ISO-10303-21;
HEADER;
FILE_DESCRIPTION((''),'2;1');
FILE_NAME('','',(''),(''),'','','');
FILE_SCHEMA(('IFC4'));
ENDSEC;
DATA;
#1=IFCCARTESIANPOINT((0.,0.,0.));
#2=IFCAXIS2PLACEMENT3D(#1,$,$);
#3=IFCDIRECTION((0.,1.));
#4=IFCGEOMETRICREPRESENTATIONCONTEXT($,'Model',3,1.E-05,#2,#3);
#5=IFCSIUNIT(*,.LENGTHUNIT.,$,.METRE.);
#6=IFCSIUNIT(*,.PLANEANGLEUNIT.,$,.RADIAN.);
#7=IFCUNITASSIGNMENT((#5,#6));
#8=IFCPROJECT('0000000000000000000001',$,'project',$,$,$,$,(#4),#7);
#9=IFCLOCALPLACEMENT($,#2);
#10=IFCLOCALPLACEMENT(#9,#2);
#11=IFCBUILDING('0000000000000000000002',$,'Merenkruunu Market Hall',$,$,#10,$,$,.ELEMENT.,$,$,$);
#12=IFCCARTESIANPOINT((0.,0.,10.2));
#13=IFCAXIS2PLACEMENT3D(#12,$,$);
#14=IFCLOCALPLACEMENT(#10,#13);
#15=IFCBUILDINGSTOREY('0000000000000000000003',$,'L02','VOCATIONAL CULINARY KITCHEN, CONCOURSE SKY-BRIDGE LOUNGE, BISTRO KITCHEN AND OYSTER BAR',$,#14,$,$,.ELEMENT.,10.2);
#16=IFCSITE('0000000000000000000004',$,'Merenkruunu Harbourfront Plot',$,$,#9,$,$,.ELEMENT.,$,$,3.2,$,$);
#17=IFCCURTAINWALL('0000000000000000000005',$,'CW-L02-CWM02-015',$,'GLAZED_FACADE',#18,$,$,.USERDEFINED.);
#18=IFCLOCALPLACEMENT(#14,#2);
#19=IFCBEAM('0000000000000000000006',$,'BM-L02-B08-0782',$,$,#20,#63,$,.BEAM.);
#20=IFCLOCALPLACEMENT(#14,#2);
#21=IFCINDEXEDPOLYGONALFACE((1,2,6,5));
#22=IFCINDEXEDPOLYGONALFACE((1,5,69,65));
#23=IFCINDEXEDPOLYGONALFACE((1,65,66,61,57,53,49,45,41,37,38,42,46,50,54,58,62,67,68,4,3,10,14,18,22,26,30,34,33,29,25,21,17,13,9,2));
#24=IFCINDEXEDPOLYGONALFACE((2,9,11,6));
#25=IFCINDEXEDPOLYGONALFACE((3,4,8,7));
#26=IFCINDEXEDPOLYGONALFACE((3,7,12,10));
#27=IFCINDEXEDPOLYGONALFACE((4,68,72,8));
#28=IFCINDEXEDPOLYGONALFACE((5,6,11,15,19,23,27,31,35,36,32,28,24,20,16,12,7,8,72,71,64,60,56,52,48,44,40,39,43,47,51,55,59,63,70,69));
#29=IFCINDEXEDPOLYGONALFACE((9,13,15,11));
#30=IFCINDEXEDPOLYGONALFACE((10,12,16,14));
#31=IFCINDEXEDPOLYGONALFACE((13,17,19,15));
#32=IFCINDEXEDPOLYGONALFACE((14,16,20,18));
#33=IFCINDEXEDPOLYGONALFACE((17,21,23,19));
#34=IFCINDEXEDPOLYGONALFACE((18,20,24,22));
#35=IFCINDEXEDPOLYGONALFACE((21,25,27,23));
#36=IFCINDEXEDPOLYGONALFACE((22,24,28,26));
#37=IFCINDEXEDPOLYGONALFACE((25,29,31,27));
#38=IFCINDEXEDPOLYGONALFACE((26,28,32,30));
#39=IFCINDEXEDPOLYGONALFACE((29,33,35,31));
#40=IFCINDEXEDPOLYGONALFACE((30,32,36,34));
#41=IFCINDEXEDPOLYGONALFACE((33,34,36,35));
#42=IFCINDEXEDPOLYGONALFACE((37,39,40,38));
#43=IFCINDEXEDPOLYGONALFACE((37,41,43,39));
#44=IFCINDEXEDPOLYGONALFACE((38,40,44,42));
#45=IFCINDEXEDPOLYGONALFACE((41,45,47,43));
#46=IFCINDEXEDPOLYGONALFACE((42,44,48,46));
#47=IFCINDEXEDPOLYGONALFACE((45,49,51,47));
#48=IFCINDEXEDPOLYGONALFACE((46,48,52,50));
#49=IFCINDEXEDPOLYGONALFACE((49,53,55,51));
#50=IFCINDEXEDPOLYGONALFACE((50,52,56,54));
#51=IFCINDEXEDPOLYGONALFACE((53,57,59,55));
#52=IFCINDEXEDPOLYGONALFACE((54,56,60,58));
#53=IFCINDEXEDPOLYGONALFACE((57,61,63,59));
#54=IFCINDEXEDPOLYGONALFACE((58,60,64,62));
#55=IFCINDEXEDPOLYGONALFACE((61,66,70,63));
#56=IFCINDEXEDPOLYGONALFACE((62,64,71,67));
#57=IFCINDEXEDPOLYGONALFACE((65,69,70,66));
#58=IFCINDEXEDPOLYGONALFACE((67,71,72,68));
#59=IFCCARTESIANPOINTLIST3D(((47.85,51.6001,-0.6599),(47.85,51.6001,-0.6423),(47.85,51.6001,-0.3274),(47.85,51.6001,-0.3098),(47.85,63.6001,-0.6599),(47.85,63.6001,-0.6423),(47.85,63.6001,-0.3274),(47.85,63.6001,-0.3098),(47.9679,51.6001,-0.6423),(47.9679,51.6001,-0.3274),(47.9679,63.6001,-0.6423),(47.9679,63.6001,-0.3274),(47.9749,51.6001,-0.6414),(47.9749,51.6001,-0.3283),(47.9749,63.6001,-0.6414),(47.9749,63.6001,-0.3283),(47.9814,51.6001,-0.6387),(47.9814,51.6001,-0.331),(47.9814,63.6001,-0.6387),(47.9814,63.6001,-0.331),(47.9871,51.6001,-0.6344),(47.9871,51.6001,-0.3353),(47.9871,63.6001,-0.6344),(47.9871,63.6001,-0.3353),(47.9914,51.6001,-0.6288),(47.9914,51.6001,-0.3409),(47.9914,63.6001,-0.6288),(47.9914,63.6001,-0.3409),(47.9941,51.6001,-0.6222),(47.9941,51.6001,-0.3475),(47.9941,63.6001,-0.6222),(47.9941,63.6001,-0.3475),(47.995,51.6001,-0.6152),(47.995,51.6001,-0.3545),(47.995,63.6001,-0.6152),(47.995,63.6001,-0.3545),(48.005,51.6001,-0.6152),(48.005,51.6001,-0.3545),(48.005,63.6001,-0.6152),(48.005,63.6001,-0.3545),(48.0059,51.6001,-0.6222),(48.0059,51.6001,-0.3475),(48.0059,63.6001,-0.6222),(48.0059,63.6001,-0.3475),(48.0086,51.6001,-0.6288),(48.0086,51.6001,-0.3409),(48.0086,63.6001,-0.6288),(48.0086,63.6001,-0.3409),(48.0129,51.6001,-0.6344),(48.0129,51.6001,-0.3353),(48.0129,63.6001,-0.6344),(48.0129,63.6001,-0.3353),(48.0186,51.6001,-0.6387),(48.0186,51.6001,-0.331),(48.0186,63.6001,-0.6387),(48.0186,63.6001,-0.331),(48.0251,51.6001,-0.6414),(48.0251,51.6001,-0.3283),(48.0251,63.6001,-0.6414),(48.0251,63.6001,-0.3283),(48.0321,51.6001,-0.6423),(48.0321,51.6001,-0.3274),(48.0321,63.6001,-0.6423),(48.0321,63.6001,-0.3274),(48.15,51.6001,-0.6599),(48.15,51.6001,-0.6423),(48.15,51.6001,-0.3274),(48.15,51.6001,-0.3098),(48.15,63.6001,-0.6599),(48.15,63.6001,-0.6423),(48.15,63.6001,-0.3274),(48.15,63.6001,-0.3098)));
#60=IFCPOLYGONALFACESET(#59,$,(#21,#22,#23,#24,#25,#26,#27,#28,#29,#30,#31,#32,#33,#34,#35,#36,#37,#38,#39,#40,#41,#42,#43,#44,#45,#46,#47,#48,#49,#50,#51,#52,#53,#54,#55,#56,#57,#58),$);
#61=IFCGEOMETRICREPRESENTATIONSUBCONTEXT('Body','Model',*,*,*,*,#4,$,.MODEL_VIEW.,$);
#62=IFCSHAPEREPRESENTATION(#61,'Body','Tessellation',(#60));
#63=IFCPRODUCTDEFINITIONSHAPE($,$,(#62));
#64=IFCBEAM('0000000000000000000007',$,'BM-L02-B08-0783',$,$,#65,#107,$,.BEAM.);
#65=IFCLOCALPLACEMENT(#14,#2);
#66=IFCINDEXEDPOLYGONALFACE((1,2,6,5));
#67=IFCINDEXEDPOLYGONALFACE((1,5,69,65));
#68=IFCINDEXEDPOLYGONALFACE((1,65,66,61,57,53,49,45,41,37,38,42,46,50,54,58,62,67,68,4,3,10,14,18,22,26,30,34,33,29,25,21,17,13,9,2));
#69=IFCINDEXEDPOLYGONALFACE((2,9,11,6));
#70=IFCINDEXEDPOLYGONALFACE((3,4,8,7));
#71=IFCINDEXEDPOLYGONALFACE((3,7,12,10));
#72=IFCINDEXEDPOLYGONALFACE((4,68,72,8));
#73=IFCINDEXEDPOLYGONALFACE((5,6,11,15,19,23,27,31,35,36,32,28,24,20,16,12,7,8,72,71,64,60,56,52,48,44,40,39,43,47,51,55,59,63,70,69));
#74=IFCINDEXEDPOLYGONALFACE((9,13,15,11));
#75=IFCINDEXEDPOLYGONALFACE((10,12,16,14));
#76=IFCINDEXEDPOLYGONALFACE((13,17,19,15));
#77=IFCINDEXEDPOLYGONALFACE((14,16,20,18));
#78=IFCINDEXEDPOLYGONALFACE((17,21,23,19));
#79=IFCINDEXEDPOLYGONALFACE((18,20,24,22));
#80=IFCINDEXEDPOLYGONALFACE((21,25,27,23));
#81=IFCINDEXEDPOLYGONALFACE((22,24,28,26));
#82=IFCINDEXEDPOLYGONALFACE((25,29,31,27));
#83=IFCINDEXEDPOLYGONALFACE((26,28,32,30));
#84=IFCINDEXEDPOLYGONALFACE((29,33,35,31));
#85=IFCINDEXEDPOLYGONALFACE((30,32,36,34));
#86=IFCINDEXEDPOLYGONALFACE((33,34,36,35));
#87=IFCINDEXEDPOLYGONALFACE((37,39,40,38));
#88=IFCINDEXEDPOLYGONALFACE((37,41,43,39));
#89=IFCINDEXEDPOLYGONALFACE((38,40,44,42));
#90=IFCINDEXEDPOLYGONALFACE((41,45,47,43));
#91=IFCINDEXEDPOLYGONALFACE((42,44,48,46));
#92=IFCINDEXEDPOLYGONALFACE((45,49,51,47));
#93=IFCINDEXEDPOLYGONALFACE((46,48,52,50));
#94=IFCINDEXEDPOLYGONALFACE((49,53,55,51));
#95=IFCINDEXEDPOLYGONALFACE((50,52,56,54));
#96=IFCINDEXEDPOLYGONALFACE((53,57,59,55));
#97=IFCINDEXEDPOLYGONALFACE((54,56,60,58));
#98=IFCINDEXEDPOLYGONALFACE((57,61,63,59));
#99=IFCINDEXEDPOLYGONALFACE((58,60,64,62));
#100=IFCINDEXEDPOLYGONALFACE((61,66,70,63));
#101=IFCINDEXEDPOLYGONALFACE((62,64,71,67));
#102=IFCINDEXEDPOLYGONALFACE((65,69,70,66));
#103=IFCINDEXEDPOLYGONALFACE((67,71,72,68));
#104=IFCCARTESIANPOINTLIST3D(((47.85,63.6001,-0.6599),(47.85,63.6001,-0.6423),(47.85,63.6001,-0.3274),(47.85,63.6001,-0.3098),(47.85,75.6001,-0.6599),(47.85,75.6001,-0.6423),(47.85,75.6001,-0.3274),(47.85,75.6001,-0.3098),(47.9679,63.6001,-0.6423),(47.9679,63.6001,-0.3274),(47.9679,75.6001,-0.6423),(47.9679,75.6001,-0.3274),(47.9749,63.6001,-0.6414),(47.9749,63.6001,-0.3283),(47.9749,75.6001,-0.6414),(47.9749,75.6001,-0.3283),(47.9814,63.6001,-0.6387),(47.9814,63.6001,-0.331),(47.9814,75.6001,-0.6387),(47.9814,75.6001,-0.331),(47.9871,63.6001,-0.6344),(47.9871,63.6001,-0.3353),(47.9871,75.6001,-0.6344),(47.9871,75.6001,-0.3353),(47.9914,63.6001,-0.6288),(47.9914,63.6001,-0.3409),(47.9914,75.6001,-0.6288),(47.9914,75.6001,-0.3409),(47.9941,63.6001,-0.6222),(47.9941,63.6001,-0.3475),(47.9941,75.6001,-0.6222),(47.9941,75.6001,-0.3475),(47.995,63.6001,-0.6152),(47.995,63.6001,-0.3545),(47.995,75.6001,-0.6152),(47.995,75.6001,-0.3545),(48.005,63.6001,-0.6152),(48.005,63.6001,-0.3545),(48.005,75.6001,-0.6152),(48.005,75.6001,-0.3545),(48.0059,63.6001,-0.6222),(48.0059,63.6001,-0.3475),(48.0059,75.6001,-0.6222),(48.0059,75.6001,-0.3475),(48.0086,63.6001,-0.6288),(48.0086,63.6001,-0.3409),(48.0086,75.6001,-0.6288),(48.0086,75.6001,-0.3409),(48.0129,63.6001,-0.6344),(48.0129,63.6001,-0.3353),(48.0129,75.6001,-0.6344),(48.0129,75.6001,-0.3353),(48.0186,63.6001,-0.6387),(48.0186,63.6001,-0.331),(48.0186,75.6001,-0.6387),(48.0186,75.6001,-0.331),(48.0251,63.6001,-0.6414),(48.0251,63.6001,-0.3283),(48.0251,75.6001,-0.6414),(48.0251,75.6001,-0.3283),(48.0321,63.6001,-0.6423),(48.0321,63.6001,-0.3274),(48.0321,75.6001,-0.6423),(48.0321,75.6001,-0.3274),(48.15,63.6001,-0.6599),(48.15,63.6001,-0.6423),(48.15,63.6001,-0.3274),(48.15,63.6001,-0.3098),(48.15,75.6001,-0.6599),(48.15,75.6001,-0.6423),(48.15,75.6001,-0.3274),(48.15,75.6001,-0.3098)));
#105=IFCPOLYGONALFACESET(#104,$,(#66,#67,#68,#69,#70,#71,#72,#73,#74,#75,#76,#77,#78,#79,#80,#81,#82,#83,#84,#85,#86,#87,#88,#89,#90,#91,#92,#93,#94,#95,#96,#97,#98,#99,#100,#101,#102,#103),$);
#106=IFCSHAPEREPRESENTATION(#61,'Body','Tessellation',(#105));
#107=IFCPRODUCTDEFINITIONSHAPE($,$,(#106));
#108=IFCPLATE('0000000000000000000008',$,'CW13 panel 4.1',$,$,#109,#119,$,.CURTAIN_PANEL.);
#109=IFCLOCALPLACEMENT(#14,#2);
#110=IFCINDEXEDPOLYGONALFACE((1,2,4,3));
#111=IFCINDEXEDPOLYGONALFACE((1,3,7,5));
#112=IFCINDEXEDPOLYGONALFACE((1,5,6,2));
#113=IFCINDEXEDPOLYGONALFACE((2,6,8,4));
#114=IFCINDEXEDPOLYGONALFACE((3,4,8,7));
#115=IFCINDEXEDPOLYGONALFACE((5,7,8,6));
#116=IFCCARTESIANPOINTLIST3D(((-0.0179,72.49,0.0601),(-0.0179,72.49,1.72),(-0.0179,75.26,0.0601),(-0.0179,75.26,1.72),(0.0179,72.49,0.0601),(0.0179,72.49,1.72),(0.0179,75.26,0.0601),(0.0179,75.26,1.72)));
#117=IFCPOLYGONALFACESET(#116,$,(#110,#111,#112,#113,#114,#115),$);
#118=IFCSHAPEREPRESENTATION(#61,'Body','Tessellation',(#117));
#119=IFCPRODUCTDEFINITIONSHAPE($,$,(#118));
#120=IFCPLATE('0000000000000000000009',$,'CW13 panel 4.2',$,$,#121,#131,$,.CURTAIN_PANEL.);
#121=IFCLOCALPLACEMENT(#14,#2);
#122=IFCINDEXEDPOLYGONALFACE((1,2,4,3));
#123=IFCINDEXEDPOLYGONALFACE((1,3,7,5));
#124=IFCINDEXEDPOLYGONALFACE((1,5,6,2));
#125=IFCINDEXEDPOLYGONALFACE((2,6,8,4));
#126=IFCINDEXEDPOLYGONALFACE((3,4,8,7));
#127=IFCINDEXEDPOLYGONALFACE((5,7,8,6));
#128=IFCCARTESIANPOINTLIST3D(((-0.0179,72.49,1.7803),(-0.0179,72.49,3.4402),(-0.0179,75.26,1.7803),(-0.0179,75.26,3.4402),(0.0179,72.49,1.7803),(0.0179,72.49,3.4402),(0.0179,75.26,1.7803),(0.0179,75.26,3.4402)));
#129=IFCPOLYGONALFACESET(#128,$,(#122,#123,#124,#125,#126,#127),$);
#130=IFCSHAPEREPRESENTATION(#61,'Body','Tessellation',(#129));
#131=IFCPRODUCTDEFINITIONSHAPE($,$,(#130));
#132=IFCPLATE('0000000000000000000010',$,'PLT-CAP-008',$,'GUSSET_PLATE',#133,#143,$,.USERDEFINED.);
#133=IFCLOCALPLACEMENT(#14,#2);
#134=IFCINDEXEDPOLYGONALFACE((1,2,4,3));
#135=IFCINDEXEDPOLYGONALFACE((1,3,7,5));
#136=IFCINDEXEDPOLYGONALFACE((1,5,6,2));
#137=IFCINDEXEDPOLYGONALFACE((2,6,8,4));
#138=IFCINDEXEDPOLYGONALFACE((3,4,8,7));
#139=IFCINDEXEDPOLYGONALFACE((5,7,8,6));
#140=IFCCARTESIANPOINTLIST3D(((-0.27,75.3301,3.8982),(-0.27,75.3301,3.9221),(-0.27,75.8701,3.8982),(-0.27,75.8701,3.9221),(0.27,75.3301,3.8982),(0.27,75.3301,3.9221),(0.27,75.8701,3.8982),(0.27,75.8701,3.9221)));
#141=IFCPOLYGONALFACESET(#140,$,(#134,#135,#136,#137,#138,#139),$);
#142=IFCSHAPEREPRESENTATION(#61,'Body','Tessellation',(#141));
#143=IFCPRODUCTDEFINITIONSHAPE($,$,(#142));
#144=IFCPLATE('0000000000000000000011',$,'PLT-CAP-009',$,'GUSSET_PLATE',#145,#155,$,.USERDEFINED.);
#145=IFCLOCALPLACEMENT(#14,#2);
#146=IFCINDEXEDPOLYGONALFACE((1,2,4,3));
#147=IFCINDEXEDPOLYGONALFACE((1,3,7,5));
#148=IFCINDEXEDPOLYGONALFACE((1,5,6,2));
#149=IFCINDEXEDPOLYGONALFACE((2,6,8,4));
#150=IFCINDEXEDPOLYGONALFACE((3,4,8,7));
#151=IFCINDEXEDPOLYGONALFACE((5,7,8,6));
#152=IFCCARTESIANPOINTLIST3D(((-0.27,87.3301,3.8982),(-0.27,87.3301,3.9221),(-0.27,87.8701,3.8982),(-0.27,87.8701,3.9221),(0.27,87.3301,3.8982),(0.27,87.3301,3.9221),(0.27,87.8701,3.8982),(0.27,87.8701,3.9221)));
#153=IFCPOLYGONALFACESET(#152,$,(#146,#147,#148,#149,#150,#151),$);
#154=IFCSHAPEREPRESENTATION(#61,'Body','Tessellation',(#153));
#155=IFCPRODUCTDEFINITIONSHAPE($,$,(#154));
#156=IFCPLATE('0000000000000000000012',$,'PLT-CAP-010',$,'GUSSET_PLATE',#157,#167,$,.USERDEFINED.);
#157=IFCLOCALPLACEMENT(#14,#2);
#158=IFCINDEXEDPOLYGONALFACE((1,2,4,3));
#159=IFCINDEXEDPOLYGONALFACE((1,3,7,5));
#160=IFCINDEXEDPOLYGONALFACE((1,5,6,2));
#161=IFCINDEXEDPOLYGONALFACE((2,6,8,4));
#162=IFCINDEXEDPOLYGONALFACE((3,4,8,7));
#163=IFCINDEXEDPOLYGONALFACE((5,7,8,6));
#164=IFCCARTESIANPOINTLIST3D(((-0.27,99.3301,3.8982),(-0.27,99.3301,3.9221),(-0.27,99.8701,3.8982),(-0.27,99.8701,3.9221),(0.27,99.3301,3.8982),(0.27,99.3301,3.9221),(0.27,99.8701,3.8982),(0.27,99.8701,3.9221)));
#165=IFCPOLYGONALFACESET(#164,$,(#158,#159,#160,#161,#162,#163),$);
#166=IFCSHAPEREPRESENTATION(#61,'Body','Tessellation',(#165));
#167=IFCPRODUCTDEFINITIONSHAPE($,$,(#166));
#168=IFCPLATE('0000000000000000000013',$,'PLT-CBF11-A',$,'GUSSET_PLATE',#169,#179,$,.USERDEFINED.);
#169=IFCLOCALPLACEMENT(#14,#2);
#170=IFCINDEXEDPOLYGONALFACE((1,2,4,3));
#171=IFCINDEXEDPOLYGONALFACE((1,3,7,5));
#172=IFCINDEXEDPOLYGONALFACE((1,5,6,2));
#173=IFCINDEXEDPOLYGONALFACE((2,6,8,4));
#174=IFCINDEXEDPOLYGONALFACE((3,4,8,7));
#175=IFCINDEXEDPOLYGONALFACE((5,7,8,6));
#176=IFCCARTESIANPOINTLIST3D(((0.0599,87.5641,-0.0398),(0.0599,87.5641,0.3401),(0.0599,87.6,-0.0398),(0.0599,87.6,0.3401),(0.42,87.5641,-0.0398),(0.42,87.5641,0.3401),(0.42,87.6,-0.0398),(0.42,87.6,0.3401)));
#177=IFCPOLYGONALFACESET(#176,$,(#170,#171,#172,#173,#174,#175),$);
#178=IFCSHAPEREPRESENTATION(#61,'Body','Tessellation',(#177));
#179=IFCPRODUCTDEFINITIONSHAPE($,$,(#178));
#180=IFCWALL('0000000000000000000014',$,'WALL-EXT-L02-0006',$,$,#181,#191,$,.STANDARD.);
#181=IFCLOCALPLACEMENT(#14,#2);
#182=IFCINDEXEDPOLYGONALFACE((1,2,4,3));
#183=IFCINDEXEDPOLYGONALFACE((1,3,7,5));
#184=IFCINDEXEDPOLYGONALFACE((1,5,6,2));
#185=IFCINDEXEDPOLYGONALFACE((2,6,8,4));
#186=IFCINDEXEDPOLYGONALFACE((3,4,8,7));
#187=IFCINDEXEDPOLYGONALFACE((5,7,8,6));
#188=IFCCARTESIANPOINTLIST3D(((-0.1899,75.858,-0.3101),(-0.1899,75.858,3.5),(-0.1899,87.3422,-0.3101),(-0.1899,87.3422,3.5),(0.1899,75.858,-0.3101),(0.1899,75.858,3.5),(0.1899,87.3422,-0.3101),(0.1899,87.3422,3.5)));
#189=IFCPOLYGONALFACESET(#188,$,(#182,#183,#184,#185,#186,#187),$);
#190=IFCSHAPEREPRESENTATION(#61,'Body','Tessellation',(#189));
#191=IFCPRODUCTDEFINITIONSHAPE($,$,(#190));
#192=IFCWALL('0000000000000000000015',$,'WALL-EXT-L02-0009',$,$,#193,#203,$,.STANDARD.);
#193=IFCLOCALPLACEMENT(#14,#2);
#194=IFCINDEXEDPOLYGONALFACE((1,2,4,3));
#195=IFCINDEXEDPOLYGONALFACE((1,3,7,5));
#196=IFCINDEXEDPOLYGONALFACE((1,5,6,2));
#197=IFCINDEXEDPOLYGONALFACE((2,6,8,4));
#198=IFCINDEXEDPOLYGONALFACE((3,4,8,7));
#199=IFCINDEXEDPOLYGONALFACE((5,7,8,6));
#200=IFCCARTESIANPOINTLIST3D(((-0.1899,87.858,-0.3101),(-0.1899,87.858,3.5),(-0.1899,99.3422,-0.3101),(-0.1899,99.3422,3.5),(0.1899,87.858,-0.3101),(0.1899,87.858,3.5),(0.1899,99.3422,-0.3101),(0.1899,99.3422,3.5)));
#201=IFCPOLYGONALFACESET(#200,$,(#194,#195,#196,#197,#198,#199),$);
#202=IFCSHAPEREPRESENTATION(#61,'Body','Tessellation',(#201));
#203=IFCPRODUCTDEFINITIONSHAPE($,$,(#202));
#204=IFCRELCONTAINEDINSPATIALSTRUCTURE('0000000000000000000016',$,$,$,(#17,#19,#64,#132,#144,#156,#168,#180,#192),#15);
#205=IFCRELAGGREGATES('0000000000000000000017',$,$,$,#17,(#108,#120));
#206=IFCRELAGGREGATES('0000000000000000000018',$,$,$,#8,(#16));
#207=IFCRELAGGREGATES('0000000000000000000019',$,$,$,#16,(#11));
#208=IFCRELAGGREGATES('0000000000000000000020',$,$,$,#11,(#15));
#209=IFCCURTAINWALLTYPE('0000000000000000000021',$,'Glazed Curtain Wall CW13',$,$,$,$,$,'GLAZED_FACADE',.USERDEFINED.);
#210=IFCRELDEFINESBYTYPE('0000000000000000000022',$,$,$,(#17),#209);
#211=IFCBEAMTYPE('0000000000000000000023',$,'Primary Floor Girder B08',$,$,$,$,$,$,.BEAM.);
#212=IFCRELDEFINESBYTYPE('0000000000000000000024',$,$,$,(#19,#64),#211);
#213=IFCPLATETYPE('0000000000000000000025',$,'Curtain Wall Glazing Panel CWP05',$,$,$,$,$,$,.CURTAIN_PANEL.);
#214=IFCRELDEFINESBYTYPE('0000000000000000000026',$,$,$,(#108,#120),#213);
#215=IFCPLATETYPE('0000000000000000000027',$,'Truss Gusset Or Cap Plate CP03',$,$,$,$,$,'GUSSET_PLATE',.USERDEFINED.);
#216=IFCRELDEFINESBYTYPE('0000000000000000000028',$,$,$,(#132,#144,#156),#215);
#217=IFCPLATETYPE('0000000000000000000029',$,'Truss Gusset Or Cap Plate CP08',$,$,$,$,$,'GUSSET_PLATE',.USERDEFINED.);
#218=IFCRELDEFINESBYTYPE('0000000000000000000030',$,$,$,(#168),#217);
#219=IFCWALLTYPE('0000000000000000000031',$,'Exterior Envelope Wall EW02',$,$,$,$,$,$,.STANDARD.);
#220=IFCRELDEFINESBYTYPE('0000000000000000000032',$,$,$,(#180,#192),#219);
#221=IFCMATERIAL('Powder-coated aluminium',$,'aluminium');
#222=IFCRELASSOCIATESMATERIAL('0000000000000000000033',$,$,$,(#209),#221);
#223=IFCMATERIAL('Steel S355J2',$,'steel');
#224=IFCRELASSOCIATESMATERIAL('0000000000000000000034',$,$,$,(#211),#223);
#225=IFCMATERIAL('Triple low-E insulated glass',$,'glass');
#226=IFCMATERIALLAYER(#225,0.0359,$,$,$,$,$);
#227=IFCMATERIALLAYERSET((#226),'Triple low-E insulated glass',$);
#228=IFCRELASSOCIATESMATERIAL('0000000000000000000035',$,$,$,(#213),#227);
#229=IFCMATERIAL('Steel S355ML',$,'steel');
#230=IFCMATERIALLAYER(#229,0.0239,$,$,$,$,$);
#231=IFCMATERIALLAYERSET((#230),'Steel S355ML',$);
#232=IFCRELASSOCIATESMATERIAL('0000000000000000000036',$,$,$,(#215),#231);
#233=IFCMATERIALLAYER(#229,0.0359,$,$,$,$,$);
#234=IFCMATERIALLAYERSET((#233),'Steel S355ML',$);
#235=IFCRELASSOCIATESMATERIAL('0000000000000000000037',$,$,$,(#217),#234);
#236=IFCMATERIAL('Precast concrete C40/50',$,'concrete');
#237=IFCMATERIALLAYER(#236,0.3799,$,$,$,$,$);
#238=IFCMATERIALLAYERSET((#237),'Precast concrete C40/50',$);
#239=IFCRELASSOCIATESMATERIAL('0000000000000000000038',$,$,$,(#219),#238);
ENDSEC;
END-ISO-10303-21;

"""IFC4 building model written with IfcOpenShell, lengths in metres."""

from ifc_helpers import new_model, si_unit, direction, frame, frame_2d, origin, origin_2d, place, context, subcontext, project, spatial, rectangle, i_section, extrude, material, layer, layer_set, material_profile, profile_set, type_object, element, aggregate, save


model = new_model("IFC4")

# Units and contexts
model_context = context("Model", 3, precision=1e-05, world=origin(), true_north=direction((0.0, 1.0)))
body_context = subcontext(model_context, "Body", "Model", "MODEL_VIEW")
ifc_project = project(units=[si_unit("LENGTHUNIT", "METRE"), si_unit("PLANEANGLEUNIT", "RADIAN")], contexts=[model_context])

# Site, building, storey
site_placement = place(None, origin())
site = spatial("IfcSite", under=ifc_project, at=site_placement, Name="Merenkruunu Harbourfront Plot", CompositionType="ELEMENT", RefElevation=3.2)
building_placement = place(site_placement, origin())
building = spatial("IfcBuilding", under=site, at=building_placement, Name="Merenkruunu Market Hall", CompositionType="ELEMENT")
storey_placement = place(building_placement, frame((0.0, 0.0, 10.2)))
storey = spatial("IfcBuildingStorey", under=building, at=storey_placement, Name="L02", Description="VOCATIONAL CULINARY KITCHEN, CONCOURSE SKY-BRIDGE LOUNGE, BISTRO KITCHEN AND OYSTER BAR", CompositionType="ELEMENT", Elevation=10.2)

# Shared definitions
ifc_material_1 = material(Name="Steel S355J2", Category="steel")
ifc_material_2 = material(Name="Steel S355ML", Category="steel")

# Curtain wall
ifc_material_3 = material(Name="Powder-coated aluminium", Category="aluminium")
curtain_wall_type = type_object("IfcCurtainWallType", Name="Glazed Curtain Wall CW13", ElementType="GLAZED_FACADE", PredefinedType="USERDEFINED", material=ifc_material_3)
curtain_wall_placement = place(storey_placement, origin())
curtain_wall = element("IfcCurtainWall", 1, at=curtain_wall_placement, inside=storey, type_object=curtain_wall_type, Name="CW-L02-CWM02-015", ObjectType="GLAZED_FACADE", PredefinedType="USERDEFINED")

# Beams
ifc_material_profile_1 = material_profile(ifc_material_1, i_section(OverallWidth=0.3, OverallDepth=0.3501, WebThickness=0.01, FlangeThickness=0.0176, FilletRadius=0.0271, at=origin_2d()), Name="HEA 360")
ifc_profile_set_1 = profile_set([ifc_material_profile_1], Name="Steel S355J2")
beam_type_1 = type_object("IfcBeamType", Name="Primary Floor Girder B08", PredefinedType="BEAM", material=ifc_profile_set_1)
for number, where, z_axis, x_axis, name in (
    (2, (48.0, 51.6001, -0.4849), (0.0, 1.0, 0.0), (-1.0, 0.0, 0.0), "BM-L02-B08-0782"),
    (3, (48.0, 63.6001, -0.4849), (0.0, 1.0, 0.0), (-1.0, 0.0, 0.0), "BM-L02-B08-0783"),
):
    element("IfcBeam", number, at=place(storey_placement, frame(where, z_axis=z_axis, x_axis=x_axis)), inside=storey, type_object=beam_type_1, Name=name, PredefinedType="BEAM", context=body_context, shape_type="SweptSolid", body=[
        extrude(i_section(OverallWidth=0.3, OverallDepth=0.3501, WebThickness=0.01, FlangeThickness=0.0176, FilletRadius=0.0271, at=origin_2d()), origin(), (0.0, 0.0, 1.0), 12.0),
    ])

# Plates
ifc_material_4 = material(Name="Triple low-E insulated glass", Category="glass")
ifc_layer_1 = layer(ifc_material_4, 0.0359)
ifc_layer_set_1 = layer_set([ifc_layer_1], Name="Triple low-E insulated glass")
plate_type_1 = type_object("IfcPlateType", Name="Curtain Wall Glazing Panel CWP05", PredefinedType="CURTAIN_PANEL", material=ifc_layer_set_1)
plate_1_placement = place(storey_placement, frame((0.0, 73.875, 0.0601), z_axis=(0.0, 0.0, 1.0), x_axis=(0.0, 1.0, 0.0)))
plate_1 = element("IfcPlate", 4, at=plate_1_placement, type_object=plate_type_1, Name="CW13 panel 4.1", PredefinedType="CURTAIN_PANEL", context=body_context, shape_type="SweptSolid", body=[
    extrude(rectangle(XDim=2.77, YDim=0.0359, at=origin_2d()), origin(), (0.0, 0.0, 1.0), 1.6599),
])
plate_2_placement = place(storey_placement, frame((0.0, 73.875, 1.7803), z_axis=(0.0, 0.0, 1.0), x_axis=(0.0, 1.0, 0.0)))
plate_2 = element("IfcPlate", 5, at=plate_2_placement, type_object=plate_type_1, Name="CW13 panel 4.2", PredefinedType="CURTAIN_PANEL", context=body_context, shape_type="SweptSolid", body=[
    extrude(rectangle(XDim=2.77, YDim=0.0359, at=origin_2d()), origin(), (0.0, 0.0, 1.0), 1.6599),
])
aggregate(curtain_wall, [plate_1, plate_2])

# Plates
ifc_layer_2 = layer(ifc_material_2, 0.0239)
ifc_layer_set_2 = layer_set([ifc_layer_2], Name="Steel S355ML")
plate_type_2 = type_object("IfcPlateType", Name="Truss Gusset Or Cap Plate CP03", ElementType="GUSSET_PLATE", PredefinedType="USERDEFINED", material=ifc_layer_set_2)
for number, where, z_axis, x_axis, name in (
    (6, (0.0, 75.6001, 3.8982), (0.0, 0.0, 1.0), (1.0, 0.0, 0.0), "PLT-CAP-008"),
    (7, (0.0, 87.6001, 3.8982), (0.0, 0.0, 1.0), (1.0, 0.0, 0.0), "PLT-CAP-009"),
    (8, (0.0, 99.6001, 3.8982), (0.0, 0.0, 1.0), (1.0, 0.0, 0.0), "PLT-CAP-010"),
):
    element("IfcPlate", number, at=place(storey_placement, frame(where, z_axis=z_axis, x_axis=x_axis)), inside=storey, type_object=plate_type_2, Name=name, ObjectType="GUSSET_PLATE", PredefinedType="USERDEFINED", context=body_context, shape_type="SweptSolid", body=[
        extrude(rectangle(XDim=0.54, YDim=0.54, at=origin_2d()), origin(), (0.0, 0.0, 1.0), 0.0239),
    ])
ifc_layer_3 = layer(ifc_material_2, 0.0359)
ifc_layer_set_3 = layer_set([ifc_layer_3], Name="Steel S355ML")
plate_type_3 = type_object("IfcPlateType", Name="Truss Gusset Or Cap Plate CP08", ElementType="GUSSET_PLATE", PredefinedType="USERDEFINED", material=ifc_layer_set_3)
plate_3_placement = place(storey_placement, frame((0.24, 87.582, -0.0398), z_axis=(0.0, 0.0, 1.0), x_axis=(1.0, 0.0, 0.0)))
element("IfcPlate", 9, at=plate_3_placement, inside=storey, type_object=plate_type_3, Name="PLT-CBF11-A", ObjectType="GUSSET_PLATE", PredefinedType="USERDEFINED", context=body_context, shape_type="SweptSolid", body=[
    extrude(rectangle(XDim=0.3601, YDim=0.0359, at=origin_2d()), origin(), (0.0, 0.0, 1.0), 0.3799),
])

# Walls
ifc_material_5 = material(Name="Precast concrete C40/50", Category="concrete")
ifc_layer_4 = layer(ifc_material_5, 0.3799)
ifc_layer_set_4 = layer_set([ifc_layer_4], Name="Precast concrete C40/50")
wall_type = type_object("IfcWallType", Name="Exterior Envelope Wall EW02", PredefinedType="STANDARD", material=ifc_layer_set_4)
for number, where, z_axis, x_axis, name in (
    (10, (0.0, 75.8579, -0.3101), (0.0, 0.0, 1.0), (0.0, 1.0, 0.0), "WALL-EXT-L02-0006"),
    (11, (0.0, 87.8579, -0.3101), (0.0, 0.0, 1.0), (0.0, 1.0, 0.0), "WALL-EXT-L02-0009"),
):
    element("IfcWall", number, at=place(storey_placement, frame(where, z_axis=z_axis, x_axis=x_axis)), inside=storey, type_object=wall_type, Name=name, PredefinedType="STANDARD", context=body_context, shape_type="SweptSolid", body=[
        extrude(rectangle(XDim=11.4841, YDim=0.3799, at=frame_2d((5.7422, 0.0))), origin(), (0.0, 0.0, 1.0), 3.8101),
    ])

save(model, "model.ifc")
